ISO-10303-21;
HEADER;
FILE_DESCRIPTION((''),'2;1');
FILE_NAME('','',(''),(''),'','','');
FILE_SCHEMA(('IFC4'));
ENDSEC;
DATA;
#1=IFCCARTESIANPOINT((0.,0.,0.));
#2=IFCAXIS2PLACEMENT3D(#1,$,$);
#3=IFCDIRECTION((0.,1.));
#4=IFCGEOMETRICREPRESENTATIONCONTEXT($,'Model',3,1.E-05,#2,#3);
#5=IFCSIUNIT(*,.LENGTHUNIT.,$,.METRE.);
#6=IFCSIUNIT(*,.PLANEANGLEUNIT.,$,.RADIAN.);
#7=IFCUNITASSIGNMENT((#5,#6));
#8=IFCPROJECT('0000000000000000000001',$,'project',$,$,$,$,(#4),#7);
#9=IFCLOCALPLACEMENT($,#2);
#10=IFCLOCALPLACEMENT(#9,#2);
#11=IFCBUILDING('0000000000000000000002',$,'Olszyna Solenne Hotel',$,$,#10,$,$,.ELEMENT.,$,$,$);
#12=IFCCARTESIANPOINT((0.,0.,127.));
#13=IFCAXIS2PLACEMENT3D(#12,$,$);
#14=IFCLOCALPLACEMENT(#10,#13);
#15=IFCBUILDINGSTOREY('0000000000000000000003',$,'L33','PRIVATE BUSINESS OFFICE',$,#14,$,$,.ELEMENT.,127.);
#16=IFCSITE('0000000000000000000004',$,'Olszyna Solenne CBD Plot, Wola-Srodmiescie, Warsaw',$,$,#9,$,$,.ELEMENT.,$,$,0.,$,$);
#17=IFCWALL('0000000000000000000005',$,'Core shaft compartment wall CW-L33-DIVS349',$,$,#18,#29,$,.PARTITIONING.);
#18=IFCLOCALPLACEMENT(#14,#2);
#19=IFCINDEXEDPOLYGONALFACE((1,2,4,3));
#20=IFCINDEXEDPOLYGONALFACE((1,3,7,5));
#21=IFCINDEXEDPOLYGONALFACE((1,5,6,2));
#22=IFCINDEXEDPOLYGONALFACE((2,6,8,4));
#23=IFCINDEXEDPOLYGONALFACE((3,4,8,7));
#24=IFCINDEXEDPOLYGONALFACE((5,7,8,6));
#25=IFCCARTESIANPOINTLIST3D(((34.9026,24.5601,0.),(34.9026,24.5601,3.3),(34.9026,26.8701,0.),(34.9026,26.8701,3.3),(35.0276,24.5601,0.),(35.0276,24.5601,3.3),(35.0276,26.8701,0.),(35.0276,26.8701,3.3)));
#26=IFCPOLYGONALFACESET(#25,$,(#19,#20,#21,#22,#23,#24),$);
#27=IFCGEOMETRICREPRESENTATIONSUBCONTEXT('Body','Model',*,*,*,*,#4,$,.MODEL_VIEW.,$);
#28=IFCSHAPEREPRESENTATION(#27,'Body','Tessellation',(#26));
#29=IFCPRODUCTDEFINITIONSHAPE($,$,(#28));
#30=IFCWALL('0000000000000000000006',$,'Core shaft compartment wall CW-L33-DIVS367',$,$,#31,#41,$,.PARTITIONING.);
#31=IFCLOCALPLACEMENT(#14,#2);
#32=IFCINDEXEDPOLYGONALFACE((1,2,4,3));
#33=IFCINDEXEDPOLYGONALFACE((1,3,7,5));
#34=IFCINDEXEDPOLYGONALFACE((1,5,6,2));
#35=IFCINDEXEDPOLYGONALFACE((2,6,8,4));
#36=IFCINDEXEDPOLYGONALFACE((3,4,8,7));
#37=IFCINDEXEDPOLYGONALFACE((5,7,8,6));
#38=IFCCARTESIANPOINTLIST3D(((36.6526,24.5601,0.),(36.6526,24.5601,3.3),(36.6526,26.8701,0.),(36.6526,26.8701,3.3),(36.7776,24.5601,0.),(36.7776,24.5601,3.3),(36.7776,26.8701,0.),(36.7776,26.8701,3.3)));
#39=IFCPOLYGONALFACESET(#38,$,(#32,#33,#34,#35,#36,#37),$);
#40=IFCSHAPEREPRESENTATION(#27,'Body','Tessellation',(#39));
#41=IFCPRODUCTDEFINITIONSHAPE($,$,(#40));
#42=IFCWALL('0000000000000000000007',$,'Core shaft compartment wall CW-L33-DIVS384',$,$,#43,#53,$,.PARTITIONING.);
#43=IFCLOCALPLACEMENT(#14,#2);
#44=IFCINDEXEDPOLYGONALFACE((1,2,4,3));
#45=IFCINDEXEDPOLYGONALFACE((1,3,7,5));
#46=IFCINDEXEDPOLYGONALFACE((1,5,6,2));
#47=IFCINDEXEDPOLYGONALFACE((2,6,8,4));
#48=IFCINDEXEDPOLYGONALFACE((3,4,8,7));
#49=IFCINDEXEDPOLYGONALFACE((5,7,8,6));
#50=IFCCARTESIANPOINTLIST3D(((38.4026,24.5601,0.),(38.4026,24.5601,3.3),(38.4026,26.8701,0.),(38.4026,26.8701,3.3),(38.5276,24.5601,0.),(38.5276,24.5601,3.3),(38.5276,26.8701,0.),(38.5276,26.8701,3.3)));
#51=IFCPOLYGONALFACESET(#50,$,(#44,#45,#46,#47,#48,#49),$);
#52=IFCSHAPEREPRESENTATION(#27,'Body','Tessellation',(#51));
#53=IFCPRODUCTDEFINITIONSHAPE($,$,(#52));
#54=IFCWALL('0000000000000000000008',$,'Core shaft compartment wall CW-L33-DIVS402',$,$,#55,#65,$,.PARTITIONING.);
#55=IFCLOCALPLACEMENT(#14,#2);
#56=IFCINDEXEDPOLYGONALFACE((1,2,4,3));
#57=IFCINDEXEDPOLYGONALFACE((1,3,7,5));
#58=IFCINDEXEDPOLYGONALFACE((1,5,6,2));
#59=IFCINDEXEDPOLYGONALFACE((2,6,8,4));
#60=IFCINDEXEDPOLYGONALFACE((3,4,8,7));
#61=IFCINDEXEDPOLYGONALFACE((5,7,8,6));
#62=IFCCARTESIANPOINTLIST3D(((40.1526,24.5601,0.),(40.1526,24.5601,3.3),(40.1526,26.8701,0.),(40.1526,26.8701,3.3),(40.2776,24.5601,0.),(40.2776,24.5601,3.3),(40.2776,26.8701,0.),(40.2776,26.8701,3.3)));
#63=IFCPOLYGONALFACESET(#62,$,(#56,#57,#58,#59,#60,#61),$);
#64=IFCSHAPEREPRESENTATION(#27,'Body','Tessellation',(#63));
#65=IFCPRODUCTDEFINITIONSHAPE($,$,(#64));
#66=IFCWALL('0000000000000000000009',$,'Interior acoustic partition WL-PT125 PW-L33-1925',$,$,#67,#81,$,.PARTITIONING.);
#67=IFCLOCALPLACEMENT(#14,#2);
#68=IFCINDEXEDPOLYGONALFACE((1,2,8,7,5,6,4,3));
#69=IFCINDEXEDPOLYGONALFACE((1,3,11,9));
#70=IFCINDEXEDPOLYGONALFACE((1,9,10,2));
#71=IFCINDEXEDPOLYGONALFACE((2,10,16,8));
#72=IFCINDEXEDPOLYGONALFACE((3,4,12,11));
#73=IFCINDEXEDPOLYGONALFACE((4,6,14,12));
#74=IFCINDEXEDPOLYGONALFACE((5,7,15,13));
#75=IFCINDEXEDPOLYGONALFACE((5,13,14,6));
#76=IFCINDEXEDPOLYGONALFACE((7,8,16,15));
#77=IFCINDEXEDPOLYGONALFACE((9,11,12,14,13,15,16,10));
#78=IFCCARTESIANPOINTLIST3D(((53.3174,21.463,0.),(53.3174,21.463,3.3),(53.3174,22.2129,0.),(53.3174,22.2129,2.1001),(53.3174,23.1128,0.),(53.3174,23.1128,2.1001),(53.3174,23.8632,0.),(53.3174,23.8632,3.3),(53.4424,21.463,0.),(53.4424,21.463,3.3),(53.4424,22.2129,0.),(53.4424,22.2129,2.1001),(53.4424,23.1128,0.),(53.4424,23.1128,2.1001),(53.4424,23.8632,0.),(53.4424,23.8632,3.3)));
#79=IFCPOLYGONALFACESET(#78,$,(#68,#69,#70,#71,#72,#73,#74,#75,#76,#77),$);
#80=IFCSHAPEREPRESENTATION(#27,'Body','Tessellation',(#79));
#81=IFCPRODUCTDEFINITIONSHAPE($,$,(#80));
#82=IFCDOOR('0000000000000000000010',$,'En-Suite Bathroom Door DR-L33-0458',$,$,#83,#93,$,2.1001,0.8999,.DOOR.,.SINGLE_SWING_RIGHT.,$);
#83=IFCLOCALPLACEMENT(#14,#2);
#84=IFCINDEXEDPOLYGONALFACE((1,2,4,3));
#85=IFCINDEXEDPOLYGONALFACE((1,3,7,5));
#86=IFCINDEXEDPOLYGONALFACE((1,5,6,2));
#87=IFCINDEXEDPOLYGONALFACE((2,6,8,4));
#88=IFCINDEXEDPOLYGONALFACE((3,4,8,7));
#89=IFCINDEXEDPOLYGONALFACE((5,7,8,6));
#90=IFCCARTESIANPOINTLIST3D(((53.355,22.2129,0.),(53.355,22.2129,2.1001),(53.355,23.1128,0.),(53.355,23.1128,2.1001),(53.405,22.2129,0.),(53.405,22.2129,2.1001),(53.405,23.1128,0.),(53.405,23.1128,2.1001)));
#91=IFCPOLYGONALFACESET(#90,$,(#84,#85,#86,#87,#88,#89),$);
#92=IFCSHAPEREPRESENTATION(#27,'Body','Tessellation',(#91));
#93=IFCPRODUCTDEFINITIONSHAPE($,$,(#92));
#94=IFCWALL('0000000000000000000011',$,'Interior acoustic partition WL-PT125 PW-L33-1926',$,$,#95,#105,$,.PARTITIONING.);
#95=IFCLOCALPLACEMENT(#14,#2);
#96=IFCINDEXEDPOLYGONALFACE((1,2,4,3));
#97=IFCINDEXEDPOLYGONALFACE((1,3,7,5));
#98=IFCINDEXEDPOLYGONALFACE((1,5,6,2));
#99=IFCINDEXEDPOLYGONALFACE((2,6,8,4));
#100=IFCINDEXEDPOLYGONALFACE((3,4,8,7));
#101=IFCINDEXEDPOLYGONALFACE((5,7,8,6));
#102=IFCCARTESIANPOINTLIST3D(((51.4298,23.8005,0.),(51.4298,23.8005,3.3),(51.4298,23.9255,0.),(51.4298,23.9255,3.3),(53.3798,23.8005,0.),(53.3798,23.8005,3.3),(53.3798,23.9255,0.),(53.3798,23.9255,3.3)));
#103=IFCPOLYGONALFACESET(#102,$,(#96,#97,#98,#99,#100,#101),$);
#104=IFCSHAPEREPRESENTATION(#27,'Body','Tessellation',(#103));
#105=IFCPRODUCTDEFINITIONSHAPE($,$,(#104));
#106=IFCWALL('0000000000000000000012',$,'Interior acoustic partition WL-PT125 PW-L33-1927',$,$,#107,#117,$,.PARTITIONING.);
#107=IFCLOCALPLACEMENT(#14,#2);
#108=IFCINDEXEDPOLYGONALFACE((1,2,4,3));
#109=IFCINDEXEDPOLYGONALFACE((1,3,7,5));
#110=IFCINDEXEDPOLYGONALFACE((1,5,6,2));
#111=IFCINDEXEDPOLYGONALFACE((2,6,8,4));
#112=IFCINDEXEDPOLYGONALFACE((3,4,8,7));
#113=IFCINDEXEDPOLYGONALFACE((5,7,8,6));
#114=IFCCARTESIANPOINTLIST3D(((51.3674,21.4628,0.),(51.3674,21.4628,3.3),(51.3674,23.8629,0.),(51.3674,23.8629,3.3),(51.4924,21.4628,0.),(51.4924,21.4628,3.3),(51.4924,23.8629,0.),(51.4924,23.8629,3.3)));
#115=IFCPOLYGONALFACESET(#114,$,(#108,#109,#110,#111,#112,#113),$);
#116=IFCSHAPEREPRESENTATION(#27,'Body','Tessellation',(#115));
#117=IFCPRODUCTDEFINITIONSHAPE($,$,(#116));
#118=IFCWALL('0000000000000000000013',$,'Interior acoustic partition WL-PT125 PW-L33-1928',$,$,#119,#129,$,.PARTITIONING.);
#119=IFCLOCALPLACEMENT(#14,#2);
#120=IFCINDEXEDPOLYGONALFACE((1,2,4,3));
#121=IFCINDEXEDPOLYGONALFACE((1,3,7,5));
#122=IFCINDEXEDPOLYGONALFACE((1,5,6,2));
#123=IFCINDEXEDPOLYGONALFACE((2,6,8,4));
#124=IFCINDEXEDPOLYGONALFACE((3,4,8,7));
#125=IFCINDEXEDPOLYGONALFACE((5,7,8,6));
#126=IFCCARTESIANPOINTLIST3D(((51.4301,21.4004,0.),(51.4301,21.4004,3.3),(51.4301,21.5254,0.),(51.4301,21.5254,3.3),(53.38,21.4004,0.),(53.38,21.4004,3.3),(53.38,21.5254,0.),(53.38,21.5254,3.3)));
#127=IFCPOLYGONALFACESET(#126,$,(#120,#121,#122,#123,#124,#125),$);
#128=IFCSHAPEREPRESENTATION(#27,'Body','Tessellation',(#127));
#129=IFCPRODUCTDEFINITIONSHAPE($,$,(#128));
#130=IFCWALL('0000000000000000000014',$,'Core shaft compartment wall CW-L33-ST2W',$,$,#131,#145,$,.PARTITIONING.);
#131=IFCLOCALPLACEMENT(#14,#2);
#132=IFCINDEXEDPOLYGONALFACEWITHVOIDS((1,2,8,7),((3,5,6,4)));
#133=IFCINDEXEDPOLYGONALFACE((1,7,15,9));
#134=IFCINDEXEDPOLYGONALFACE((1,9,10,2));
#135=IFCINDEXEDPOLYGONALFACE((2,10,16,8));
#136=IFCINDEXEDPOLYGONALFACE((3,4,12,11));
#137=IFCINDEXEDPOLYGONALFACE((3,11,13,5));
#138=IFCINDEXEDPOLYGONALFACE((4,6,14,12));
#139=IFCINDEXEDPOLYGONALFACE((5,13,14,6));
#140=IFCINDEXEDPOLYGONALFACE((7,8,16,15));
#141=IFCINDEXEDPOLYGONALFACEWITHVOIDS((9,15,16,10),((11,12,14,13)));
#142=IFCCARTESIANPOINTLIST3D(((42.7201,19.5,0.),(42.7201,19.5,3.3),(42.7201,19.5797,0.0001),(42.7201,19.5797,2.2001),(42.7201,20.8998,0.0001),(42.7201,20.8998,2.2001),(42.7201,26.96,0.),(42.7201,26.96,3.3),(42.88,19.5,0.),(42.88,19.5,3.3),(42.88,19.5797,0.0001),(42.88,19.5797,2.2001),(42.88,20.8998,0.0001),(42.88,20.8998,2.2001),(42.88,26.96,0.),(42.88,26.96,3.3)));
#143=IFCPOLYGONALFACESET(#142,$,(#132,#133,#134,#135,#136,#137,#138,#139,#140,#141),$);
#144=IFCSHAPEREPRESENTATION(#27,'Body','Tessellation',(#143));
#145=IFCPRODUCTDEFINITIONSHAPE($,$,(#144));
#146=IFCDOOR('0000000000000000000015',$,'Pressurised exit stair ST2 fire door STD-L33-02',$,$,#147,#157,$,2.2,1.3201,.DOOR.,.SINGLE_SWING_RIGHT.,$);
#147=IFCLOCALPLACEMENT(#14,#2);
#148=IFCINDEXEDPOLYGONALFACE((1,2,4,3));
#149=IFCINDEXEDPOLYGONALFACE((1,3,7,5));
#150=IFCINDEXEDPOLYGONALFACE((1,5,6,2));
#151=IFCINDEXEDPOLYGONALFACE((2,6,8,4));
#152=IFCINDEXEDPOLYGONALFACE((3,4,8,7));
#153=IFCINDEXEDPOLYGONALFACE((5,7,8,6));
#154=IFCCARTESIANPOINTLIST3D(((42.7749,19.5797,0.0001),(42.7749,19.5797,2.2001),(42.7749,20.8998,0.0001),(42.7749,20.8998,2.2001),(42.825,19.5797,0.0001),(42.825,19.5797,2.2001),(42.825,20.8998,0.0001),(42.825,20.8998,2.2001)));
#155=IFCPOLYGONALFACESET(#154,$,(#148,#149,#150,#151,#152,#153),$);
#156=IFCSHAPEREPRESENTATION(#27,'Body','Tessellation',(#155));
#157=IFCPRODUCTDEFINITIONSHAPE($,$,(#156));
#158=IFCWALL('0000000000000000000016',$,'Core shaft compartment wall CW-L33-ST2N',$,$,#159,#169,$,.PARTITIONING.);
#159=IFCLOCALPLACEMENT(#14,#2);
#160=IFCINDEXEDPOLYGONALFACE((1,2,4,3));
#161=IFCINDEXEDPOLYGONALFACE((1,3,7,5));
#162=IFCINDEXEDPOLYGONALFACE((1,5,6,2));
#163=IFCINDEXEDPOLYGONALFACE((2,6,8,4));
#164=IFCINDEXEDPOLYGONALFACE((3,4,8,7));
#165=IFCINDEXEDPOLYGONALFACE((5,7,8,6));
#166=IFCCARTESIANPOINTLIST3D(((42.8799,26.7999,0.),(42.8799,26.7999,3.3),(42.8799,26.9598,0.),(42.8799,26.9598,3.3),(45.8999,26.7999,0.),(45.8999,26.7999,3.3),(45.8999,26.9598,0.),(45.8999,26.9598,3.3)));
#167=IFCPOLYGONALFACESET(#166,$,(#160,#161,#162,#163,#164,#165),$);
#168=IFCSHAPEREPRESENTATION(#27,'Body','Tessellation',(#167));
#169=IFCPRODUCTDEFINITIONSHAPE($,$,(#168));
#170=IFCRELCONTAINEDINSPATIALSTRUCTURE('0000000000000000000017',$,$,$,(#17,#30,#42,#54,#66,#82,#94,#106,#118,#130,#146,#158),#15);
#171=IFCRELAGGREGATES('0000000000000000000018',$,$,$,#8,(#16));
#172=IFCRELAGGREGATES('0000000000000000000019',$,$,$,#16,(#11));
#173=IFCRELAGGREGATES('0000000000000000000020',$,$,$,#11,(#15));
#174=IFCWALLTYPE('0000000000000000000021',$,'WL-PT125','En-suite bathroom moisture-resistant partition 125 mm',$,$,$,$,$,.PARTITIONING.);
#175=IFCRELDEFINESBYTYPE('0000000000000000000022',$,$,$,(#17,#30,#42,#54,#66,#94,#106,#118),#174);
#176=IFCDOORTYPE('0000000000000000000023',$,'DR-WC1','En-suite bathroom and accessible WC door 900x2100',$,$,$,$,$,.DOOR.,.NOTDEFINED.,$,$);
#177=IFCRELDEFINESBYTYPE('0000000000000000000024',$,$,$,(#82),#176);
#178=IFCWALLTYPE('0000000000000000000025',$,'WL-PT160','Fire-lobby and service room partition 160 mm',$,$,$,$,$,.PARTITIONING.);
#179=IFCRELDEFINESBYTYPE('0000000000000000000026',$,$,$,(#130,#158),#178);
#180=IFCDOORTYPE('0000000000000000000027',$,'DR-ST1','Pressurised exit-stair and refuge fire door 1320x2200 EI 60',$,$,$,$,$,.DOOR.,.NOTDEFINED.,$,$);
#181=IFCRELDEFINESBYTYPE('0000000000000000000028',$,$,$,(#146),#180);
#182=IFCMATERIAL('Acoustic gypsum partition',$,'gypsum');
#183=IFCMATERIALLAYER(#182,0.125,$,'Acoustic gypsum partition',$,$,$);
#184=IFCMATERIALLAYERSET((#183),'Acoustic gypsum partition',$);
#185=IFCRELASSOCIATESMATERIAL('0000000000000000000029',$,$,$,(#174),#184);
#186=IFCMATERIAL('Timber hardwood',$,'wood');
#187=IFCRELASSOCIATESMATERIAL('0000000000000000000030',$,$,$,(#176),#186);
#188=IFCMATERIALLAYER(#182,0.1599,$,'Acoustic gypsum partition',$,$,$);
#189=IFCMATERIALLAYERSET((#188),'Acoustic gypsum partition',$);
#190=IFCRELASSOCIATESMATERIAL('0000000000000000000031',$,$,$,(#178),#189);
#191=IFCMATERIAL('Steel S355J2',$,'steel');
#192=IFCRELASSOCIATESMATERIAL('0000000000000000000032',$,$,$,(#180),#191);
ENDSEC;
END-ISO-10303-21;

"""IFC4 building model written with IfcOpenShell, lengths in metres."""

from ifc_helpers import new_model, si_unit, direction, frame, frame_2d, origin, place, context, subcontext, project, spatial, rectangle, extrude, source, transform, mapped, material, layer, layer_set, type_object, type_shapes, element, fill, save


model = new_model("IFC4")

# Units and contexts
model_context = context("Model", 3, precision=1e-05, world=origin(), true_north=direction((0.0, 1.0)))
body_context = subcontext(model_context, "Body", "Model", "MODEL_VIEW")
ifc_project = project(units=[si_unit("LENGTHUNIT", "METRE"), si_unit("PLANEANGLEUNIT", "RADIAN")], contexts=[model_context])

# Site, building, storey
site_placement = place(None, origin())
site = spatial("IfcSite", under=ifc_project, at=site_placement, Name="Olszyna Solenne CBD Plot, Wola-Srodmiescie, Warsaw", CompositionType="ELEMENT", RefElevation=0.0)
building_placement = place(site_placement, origin())
building = spatial("IfcBuilding", under=site, at=building_placement, Name="Olszyna Solenne Hotel", CompositionType="ELEMENT")
storey_placement = place(building_placement, frame((0.0, 0.0, 127.0)))
storey = spatial("IfcBuildingStorey", under=building, at=storey_placement, Name="L33", Description="PRIVATE BUSINESS OFFICE", CompositionType="ELEMENT", Elevation=127.0)

# Shared definitions
ifc_material_1 = material(Name="Steel S355J2", Category="steel")

# Shared definitions
ifc_material_2 = material(Name="Acoustic gypsum partition", Category="gypsum")
ifc_layer_1 = layer(ifc_material_2, 0.125, Name="Acoustic gypsum partition")
ifc_layer_set_1 = layer_set([ifc_layer_1], Name="Acoustic gypsum partition")
wall_type_1 = type_object("IfcWallType", Name="WL-PT125", Description="En-suite bathroom moisture-resistant partition 125 mm", PredefinedType="PARTITIONING", material=ifc_layer_set_1)
ifc_material_3 = material(Name="Timber hardwood", Category="wood")
door_type_1 = type_object("IfcDoorType", Name="DR-WC1", Description="En-suite bathroom and accessible WC door 900x2100", OperationType="NOTDEFINED", PredefinedType="DOOR", material=ifc_material_3)
shared_shape_1 = source(origin(), body_context, "Body", "SweptSolid", [
    extrude(rectangle(XDim=0.8999, YDim=2.1001, at=frame_2d((0.45, 1.05))), frame((0.0, 0.0249, 0.0), z_axis=(0.0, -1.0, 0.0), x_axis=(1.0, 0.0, 0.0)), (0.0, 0.0, 1.0), 0.05),
])
type_shapes(door_type_1, [shared_shape_1])

# Walls
for number, where, z_axis, x_axis, name in (
    (1, (34.9651, 24.5601, 0.0), (0.0, 0.0, 1.0), (0.0, 1.0, 0.0), "Core shaft compartment wall CW-L33-DIVS349"),
    (2, (36.7151, 24.5601, 0.0), (0.0, 0.0, 1.0), (0.0, 1.0, 0.0), "Core shaft compartment wall CW-L33-DIVS367"),
    (3, (38.4651, 24.5601, 0.0), (0.0, 0.0, 1.0), (0.0, 1.0, 0.0), "Core shaft compartment wall CW-L33-DIVS384"),
    (4, (40.2151, 24.5601, 0.0), (0.0, 0.0, 1.0), (0.0, 1.0, 0.0), "Core shaft compartment wall CW-L33-DIVS402"),
):
    element("IfcWall", number, at=place(storey_placement, frame(where, z_axis=z_axis, x_axis=x_axis)), inside=storey, type_object=wall_type_1, Name=name, PredefinedType="PARTITIONING", context=body_context, shape_type="SweptSolid", body=[
        extrude(rectangle(XDim=2.3101, YDim=0.125, at=frame_2d((1.155, 0.0))), origin(), (0.0, 0.0, 1.0), 3.3),
    ])

# Wall, opening, door
wall_1_placement = place(storey_placement, frame((53.3799, 21.4629, 0.0), z_axis=(0.0, 0.0, 1.0), x_axis=(0.0, 1.0, 0.0)))
wall_1 = element("IfcWall", 5, at=wall_1_placement, inside=storey, type_object=wall_type_1, Name="Interior acoustic partition WL-PT125 PW-L33-1925", PredefinedType="PARTITIONING", context=body_context, shape_type="SweptSolid", body=[
    extrude(rectangle(XDim=2.4001, YDim=0.125, at=frame_2d((1.2002, 0.0))), origin(), (0.0, 0.0, 1.0), 3.3),
])
opening_1_placement = place(wall_1_placement, frame((0.75, 0.0, 0.0)))
opening_1 = element("IfcOpeningElement", 6, at=opening_1_placement, cuts=wall_1, PredefinedType="OPENING", context=body_context, shape_type="SweptSolid", body=[
    extrude(rectangle(XDim=0.8999, YDim=2.1001, at=frame_2d((0.45, 1.05))), frame((0.0, 0.0725, 0.0), z_axis=(0.0, -1.0, 0.0), x_axis=(1.0, 0.0, 0.0)), (0.0, 0.0, 1.0), 0.145),
])
door_1_placement = place(opening_1_placement, origin())
door_1 = element("IfcDoor", 7, at=door_1_placement, inside=storey, type_object=door_type_1, Name="En-Suite Bathroom Door DR-L33-0458", OperationType="SINGLE_SWING_RIGHT", OverallHeight=2.1001, OverallWidth=0.8999, PredefinedType="DOOR", context=body_context, shape_type="MappedRepresentation", body=[
    mapped(shared_shape_1, transform((0.0, 0.0, 0.0), x_axis=(1.0, 0.0, 0.0), y_axis=(0.0, 1.0, 0.0), z_axis=(0.0, 0.0, 1.0), scale=1.0)),
])
fill(opening_1, door_1)

# Walls
wall_2_placement = place(storey_placement, frame((53.3799, 23.863, 0.0), z_axis=(0.0, 0.0, 1.0), x_axis=(-1.0, 0.0, 0.0)))
element("IfcWall", 8, at=wall_2_placement, inside=storey, type_object=wall_type_1, Name="Interior acoustic partition WL-PT125 PW-L33-1926", PredefinedType="PARTITIONING", context=body_context, shape_type="SweptSolid", body=[
    extrude(rectangle(XDim=1.95, YDim=0.125, at=frame_2d((0.9751, 0.0))), origin(), (0.0, 0.0, 1.0), 3.3),
])
wall_3_placement = place(storey_placement, frame((51.4299, 23.863, 0.0), z_axis=(0.0, 0.0, 1.0), x_axis=(0.0, -1.0, 0.0)))
element("IfcWall", 9, at=wall_3_placement, inside=storey, type_object=wall_type_1, Name="Interior acoustic partition WL-PT125 PW-L33-1927", PredefinedType="PARTITIONING", context=body_context, shape_type="SweptSolid", body=[
    extrude(rectangle(XDim=2.4001, YDim=0.125, at=frame_2d((1.2002, 0.0))), origin(), (0.0, 0.0, 1.0), 3.3),
])
wall_4_placement = place(storey_placement, frame((51.4299, 21.4629, 0.0), z_axis=(0.0, 0.0, 1.0), x_axis=(1.0, 0.0, 0.0)))
element("IfcWall", 10, at=wall_4_placement, inside=storey, type_object=wall_type_1, Name="Interior acoustic partition WL-PT125 PW-L33-1928", PredefinedType="PARTITIONING", context=body_context, shape_type="SweptSolid", body=[
    extrude(rectangle(XDim=1.95, YDim=0.125, at=frame_2d((0.9751, 0.0))), origin(), (0.0, 0.0, 1.0), 3.3),
])

# Wall, opening, door
ifc_layer_2 = layer(ifc_material_2, 0.1599, Name="Acoustic gypsum partition")
ifc_layer_set_2 = layer_set([ifc_layer_2], Name="Acoustic gypsum partition")
wall_type_2 = type_object("IfcWallType", Name="WL-PT160", Description="Fire-lobby and service room partition 160 mm", PredefinedType="PARTITIONING", material=ifc_layer_set_2)
wall_5_placement = place(storey_placement, frame((42.8, 26.96, 0.0), z_axis=(0.0, 0.0, 1.0), x_axis=(0.0, -1.0, 0.0)))
wall_5 = element("IfcWall", 11, at=wall_5_placement, inside=storey, type_object=wall_type_2, Name="Core shaft compartment wall CW-L33-ST2W", PredefinedType="PARTITIONING", context=body_context, shape_type="SweptSolid", body=[
    extrude(rectangle(XDim=7.46, YDim=0.1599, at=frame_2d((3.73, 0.0))), origin(), (0.0, 0.0, 1.0), 3.3),
])
opening_2_placement = place(wall_5_placement, frame((6.0601, 0.0, 0.0)))
opening_2 = element("IfcOpeningElement", 12, at=opening_2_placement, cuts=wall_5, PredefinedType="OPENING", context=body_context, shape_type="SweptSolid", body=[
    extrude(rectangle(XDim=1.3201, YDim=2.2, at=frame_2d((0.6602, 1.1001))), frame((0.0, 0.0898, 0.0), z_axis=(0.0, -1.0, 0.0), x_axis=(1.0, 0.0, 0.0)), (0.0, 0.0, 1.0), 0.1799),
])
door_type_2 = type_object("IfcDoorType", Name="DR-ST1", Description="Pressurised exit-stair and refuge fire door 1320x2200 EI 60", OperationType="NOTDEFINED", PredefinedType="DOOR", material=ifc_material_1)
shared_shape_2 = source(origin(), body_context, "Body", "SweptSolid", [
    extrude(rectangle(XDim=1.3201, YDim=2.2, at=frame_2d((0.6602, 1.1001))), frame((0.0, 0.0249, 0.0), z_axis=(0.0, -1.0, 0.0), x_axis=(1.0, 0.0, 0.0)), (0.0, 0.0, 1.0), 0.05),
])
type_shapes(door_type_2, [shared_shape_2])
door_2_placement = place(opening_2_placement, origin())
door_2 = element("IfcDoor", 13, at=door_2_placement, inside=storey, type_object=door_type_2, Name="Pressurised exit stair ST2 fire door STD-L33-02", OperationType="SINGLE_SWING_RIGHT", OverallHeight=2.2, OverallWidth=1.3201, PredefinedType="DOOR", context=body_context, shape_type="MappedRepresentation", body=[
    mapped(shared_shape_2, transform((0.0, 0.0, 0.0), x_axis=(1.0, 0.0, 0.0), y_axis=(0.0, 1.0, 0.0), z_axis=(0.0, 0.0, 1.0), scale=1.0)),
])
fill(opening_2, door_2)

# Wall
wall_6_placement = place(storey_placement, frame((42.8799, 26.8799, 0.0), z_axis=(0.0, 0.0, 1.0), x_axis=(1.0, 0.0, 0.0)))
element("IfcWall", 14, at=wall_6_placement, inside=storey, type_object=wall_type_2, Name="Core shaft compartment wall CW-L33-ST2N", PredefinedType="PARTITIONING", context=body_context, shape_type="SweptSolid", body=[
    extrude(rectangle(XDim=3.02, YDim=0.1599, at=frame_2d((1.51, 0.0))), origin(), (0.0, 0.0, 1.0), 3.3),
])

save(model, "model.ifc")
